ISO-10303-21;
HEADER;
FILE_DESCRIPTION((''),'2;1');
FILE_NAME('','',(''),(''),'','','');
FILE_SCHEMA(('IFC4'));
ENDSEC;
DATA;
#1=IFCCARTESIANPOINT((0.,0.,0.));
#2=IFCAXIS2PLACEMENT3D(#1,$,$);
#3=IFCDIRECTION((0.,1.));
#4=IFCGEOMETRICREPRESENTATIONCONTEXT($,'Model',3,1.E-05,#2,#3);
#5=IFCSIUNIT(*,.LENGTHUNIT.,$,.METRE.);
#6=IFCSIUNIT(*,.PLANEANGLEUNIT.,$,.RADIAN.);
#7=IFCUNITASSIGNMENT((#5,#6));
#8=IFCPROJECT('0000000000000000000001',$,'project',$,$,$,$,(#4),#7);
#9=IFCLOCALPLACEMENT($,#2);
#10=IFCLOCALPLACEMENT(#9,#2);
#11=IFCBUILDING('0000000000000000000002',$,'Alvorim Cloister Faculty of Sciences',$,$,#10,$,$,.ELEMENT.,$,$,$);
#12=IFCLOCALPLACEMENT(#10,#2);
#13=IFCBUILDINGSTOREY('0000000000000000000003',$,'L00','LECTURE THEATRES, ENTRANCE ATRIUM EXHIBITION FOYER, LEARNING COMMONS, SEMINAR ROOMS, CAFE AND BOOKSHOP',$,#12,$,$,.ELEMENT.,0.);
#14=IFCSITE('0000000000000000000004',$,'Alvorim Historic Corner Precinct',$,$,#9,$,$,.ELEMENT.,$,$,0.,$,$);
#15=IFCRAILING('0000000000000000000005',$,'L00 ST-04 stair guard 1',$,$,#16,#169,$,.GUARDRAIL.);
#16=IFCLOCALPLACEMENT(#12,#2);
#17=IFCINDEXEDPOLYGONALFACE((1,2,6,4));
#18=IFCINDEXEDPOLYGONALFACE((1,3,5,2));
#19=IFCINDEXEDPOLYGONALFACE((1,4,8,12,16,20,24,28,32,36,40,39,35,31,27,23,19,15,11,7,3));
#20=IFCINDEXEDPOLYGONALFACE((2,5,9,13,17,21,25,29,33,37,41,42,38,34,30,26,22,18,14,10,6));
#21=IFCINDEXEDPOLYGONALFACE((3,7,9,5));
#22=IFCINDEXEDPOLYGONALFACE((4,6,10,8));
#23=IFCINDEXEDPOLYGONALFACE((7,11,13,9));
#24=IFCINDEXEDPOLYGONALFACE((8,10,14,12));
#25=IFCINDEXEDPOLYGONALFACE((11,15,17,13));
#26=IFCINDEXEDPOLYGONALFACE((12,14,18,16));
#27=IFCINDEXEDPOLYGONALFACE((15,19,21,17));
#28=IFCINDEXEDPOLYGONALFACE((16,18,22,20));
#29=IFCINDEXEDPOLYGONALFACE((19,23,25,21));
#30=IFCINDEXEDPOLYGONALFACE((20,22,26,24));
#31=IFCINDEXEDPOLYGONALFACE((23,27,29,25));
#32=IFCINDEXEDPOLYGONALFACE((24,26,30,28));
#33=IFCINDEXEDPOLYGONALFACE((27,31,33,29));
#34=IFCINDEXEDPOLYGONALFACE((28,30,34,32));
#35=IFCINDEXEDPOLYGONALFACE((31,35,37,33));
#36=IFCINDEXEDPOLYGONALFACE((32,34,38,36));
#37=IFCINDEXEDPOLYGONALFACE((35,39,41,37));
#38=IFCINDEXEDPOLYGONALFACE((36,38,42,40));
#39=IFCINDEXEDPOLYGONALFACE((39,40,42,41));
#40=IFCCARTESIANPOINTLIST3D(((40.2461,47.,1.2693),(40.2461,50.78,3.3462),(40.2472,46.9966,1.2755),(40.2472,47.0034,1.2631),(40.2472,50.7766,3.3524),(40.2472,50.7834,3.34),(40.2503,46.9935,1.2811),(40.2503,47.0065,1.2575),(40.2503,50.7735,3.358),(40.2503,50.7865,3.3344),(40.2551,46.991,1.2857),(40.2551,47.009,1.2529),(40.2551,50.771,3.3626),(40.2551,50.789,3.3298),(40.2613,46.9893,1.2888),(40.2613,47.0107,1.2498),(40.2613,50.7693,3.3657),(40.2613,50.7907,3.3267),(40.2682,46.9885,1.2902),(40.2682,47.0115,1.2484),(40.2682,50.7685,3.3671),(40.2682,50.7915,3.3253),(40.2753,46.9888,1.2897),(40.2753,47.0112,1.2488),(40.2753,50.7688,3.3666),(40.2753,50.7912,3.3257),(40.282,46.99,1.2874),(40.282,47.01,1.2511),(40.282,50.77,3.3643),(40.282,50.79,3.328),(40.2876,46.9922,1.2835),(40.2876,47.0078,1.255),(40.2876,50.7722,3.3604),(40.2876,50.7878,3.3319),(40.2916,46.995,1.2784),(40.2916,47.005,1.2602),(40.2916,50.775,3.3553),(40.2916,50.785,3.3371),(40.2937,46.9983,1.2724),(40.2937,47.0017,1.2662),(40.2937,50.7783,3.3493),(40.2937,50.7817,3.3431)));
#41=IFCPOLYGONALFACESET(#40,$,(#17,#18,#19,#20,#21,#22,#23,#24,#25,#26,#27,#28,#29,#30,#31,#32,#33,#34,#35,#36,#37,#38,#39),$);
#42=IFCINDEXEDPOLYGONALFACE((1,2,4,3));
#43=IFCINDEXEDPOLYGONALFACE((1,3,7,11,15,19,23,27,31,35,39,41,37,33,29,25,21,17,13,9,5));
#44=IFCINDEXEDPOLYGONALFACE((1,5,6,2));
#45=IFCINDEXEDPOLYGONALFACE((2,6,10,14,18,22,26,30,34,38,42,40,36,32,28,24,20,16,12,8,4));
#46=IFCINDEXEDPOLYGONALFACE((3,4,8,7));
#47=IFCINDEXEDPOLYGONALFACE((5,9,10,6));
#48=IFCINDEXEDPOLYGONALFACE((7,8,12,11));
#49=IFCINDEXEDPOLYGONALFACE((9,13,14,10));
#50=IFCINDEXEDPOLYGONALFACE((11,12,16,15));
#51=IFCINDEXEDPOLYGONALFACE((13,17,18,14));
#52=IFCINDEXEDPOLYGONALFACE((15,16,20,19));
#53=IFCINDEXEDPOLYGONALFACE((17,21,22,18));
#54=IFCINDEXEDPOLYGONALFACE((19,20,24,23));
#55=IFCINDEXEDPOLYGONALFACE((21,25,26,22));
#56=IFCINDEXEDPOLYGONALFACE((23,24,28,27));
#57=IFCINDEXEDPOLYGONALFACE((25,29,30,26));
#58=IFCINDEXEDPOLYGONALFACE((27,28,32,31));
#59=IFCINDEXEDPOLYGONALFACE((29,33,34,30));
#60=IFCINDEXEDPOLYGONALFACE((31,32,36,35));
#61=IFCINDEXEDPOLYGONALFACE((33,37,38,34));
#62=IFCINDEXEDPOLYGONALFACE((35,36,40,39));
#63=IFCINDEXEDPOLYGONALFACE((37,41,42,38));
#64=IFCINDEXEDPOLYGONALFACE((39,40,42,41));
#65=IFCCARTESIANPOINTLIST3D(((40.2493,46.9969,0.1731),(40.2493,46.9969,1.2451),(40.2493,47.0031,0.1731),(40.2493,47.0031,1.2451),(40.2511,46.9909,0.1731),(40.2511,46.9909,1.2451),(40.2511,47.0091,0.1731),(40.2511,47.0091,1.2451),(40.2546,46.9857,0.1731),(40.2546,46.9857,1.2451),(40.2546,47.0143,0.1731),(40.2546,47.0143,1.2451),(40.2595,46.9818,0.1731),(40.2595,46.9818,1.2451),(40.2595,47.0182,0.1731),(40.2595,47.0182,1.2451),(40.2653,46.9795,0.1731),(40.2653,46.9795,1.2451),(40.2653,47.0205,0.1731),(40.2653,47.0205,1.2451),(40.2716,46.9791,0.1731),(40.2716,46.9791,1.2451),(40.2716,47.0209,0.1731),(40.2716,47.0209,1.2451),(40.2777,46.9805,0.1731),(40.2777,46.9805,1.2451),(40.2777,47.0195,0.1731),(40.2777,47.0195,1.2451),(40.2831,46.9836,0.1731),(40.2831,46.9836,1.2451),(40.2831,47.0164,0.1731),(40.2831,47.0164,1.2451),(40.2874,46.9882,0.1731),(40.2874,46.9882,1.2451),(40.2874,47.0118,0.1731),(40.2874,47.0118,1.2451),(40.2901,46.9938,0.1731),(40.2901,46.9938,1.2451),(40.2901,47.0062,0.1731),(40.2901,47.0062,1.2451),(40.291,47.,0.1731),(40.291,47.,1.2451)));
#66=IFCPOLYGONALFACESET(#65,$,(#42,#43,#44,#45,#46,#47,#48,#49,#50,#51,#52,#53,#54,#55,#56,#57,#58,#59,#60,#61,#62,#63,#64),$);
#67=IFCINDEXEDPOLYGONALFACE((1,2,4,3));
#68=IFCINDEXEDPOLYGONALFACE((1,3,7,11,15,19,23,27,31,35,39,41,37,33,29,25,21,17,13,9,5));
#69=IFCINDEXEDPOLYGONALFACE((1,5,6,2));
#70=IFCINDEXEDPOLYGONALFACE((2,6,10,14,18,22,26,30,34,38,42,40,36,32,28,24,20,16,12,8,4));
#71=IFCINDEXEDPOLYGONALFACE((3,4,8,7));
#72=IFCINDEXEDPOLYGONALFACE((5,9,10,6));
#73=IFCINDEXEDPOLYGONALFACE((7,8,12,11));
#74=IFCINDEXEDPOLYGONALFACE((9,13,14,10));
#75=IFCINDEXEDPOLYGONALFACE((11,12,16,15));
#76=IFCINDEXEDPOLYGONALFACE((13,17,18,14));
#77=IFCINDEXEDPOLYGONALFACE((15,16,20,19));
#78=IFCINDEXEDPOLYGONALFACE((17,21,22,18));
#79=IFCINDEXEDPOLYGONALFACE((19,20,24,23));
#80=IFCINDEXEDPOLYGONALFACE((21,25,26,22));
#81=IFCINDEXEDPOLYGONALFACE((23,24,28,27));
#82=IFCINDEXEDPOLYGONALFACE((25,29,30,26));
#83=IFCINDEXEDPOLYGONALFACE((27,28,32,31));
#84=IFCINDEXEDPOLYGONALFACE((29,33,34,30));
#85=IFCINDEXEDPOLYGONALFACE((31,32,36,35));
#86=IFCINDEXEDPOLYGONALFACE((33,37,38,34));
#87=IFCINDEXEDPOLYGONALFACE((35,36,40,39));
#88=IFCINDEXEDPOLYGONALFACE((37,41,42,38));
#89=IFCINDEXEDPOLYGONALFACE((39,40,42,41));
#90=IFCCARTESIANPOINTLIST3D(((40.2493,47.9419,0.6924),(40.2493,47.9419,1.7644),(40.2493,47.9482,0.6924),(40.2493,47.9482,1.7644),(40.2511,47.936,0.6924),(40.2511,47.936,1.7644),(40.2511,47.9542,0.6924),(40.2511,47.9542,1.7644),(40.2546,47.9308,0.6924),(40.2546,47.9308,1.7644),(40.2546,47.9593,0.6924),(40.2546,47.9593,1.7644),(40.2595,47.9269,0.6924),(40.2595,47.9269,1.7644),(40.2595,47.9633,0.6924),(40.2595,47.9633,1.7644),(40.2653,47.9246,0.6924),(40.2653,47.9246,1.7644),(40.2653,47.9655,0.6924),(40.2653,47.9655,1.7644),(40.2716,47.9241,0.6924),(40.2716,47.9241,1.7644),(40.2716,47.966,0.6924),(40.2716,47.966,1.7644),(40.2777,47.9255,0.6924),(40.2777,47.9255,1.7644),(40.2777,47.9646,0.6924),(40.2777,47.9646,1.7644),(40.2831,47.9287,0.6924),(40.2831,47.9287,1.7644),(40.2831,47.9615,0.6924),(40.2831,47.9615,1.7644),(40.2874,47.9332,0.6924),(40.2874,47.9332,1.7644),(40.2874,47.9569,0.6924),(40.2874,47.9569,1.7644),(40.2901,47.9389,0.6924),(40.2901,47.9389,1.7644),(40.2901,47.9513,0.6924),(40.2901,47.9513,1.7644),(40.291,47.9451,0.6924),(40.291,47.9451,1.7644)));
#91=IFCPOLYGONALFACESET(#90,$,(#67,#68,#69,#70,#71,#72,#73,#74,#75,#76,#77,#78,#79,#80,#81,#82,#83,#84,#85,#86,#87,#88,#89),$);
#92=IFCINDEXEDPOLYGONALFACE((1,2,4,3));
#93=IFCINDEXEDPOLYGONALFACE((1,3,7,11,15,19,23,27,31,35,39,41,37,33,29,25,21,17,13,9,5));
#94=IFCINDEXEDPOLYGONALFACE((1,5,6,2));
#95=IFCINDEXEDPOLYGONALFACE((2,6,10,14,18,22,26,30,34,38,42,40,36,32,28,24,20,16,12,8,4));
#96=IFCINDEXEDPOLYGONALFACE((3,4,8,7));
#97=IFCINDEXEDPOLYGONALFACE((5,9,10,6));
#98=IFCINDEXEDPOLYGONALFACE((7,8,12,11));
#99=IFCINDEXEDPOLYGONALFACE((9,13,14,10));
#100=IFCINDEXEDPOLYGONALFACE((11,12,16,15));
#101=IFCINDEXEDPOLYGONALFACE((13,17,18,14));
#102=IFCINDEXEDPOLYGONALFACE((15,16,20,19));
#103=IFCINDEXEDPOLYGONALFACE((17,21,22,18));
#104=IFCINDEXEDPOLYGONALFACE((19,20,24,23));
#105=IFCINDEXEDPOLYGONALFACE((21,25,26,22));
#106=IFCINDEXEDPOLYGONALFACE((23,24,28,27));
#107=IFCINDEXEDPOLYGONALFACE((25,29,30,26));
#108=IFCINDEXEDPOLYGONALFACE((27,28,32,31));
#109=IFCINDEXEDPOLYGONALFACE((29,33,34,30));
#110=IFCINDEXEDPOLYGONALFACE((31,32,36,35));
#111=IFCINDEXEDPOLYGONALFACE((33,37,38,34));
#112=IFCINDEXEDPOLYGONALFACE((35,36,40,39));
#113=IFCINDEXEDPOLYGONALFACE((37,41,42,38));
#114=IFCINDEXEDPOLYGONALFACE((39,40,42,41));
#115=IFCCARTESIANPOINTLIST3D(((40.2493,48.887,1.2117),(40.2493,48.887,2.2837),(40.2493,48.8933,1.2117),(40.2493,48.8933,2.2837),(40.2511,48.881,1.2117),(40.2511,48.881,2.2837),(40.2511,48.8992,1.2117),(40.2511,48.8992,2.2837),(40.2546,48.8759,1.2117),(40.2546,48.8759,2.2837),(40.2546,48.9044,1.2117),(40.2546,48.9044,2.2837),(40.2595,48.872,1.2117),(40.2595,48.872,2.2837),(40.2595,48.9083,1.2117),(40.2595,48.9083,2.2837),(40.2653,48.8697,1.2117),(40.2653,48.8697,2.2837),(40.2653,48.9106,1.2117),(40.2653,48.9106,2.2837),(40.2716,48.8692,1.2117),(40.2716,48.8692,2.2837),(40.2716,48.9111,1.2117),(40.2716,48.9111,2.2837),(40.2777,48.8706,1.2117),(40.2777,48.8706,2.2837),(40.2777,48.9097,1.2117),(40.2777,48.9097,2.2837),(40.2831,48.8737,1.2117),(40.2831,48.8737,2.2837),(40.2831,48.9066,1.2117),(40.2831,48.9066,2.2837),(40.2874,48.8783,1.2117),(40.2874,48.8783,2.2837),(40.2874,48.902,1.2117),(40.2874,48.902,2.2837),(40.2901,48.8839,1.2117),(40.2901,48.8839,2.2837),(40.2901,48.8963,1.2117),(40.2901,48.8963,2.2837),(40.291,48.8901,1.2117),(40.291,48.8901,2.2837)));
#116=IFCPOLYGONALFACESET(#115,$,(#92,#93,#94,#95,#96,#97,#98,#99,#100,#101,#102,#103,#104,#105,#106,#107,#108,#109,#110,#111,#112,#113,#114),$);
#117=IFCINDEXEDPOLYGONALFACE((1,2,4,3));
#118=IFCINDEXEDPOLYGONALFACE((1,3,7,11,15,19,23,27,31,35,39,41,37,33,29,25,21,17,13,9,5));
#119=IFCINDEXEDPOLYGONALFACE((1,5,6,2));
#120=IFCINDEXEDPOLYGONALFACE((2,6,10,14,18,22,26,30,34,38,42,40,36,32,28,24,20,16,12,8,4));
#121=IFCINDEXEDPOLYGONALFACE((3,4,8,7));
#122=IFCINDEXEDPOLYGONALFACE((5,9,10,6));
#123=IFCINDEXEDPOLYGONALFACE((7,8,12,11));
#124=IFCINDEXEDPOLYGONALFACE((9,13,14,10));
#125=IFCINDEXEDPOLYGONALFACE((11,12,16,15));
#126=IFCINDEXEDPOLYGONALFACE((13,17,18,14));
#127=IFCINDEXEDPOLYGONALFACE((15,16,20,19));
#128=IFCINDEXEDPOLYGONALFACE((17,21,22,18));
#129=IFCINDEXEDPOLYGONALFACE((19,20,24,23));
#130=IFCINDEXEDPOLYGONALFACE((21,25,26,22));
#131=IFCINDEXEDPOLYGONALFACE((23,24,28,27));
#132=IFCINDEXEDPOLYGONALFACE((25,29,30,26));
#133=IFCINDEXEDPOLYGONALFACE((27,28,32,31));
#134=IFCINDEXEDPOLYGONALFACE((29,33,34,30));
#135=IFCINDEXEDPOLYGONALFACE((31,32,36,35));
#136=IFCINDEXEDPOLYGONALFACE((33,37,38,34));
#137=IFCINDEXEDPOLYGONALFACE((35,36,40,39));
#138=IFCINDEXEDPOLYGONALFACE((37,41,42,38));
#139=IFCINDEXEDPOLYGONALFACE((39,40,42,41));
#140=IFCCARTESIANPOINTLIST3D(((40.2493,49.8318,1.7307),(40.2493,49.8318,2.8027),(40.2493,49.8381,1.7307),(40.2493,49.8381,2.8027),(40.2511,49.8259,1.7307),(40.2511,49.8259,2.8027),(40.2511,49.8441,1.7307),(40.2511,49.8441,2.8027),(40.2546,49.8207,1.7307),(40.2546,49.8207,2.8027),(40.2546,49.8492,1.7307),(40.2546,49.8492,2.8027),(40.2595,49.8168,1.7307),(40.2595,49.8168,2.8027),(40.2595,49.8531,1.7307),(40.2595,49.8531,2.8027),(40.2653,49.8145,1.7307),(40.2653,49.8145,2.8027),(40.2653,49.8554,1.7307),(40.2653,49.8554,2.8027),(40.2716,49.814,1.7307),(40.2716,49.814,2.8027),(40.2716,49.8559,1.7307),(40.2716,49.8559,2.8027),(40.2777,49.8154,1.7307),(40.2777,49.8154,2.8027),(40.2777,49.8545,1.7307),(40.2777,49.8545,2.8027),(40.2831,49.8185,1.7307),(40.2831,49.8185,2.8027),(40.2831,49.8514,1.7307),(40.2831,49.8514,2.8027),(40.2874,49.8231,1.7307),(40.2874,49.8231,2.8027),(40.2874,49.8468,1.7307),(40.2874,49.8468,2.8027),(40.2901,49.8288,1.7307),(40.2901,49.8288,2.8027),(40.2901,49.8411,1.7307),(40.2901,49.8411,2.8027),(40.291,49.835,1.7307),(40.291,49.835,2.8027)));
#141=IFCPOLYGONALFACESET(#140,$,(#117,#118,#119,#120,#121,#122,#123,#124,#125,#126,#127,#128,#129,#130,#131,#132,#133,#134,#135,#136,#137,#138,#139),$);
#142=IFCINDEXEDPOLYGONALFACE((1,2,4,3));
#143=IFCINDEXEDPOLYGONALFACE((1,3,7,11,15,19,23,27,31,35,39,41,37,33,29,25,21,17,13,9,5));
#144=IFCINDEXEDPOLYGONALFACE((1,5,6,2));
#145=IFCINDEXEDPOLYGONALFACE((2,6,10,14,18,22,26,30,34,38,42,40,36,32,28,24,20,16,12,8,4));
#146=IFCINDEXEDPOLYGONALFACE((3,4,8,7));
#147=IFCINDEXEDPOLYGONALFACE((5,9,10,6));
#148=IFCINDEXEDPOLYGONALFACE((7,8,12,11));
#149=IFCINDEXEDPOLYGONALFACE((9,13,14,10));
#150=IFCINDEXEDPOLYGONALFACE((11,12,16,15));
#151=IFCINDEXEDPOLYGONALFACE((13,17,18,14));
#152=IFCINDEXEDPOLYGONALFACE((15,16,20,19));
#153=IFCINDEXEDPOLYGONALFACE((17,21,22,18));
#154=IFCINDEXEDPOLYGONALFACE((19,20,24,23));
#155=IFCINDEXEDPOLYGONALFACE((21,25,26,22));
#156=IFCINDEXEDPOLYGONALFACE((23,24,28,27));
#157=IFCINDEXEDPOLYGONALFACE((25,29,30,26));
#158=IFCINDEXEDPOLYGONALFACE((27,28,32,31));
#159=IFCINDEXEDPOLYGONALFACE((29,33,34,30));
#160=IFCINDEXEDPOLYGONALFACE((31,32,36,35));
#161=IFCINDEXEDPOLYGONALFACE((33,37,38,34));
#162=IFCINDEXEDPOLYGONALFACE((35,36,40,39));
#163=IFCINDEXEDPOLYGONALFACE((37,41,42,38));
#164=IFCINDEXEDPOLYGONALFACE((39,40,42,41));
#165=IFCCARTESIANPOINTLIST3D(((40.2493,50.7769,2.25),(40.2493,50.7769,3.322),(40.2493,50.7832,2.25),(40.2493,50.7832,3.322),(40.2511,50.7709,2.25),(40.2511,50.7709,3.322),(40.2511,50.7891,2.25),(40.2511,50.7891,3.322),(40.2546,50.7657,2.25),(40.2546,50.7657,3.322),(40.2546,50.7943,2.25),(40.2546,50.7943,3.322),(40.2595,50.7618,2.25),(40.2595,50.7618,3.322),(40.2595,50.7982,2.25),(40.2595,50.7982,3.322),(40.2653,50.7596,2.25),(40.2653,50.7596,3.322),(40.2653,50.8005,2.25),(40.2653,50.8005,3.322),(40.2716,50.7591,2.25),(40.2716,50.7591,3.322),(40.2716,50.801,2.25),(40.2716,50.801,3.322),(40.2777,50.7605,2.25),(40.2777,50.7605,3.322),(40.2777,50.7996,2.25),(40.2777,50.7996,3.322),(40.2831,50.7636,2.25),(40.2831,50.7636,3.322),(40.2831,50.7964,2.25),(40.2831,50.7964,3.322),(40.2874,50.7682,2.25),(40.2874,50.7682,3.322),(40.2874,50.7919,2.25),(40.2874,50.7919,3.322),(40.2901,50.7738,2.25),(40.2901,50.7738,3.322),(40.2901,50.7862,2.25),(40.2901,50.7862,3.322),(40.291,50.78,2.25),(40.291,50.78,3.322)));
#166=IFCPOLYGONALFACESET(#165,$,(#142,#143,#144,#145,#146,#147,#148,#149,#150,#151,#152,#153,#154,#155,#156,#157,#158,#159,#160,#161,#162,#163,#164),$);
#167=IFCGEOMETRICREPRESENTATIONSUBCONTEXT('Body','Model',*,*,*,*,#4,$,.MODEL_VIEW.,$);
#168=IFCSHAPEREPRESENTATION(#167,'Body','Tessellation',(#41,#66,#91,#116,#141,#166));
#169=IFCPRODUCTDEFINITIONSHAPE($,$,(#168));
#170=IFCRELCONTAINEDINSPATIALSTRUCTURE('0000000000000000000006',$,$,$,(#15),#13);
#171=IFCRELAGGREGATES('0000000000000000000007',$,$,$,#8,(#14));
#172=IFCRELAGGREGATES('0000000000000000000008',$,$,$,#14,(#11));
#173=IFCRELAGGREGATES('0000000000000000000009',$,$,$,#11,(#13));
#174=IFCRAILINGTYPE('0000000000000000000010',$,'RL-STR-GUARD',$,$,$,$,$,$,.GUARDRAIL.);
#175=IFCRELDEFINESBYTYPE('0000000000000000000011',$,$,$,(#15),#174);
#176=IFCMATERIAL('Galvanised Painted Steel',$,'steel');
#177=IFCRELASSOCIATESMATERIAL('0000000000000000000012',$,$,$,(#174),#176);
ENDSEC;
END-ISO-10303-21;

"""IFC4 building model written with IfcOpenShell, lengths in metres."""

from ifc_helpers import new_model, si_unit, direction, frame, origin, origin_2d, place, context, subcontext, project, spatial, circle, extrude, material, type_object, element, save


model = new_model("IFC4")

# Units and contexts
model_context = context("Model", 3, precision=1e-05, world=origin(), true_north=direction((0.0, 1.0)))
body_context = subcontext(model_context, "Body", "Model", "MODEL_VIEW")
ifc_project = project(units=[si_unit("LENGTHUNIT", "METRE"), si_unit("PLANEANGLEUNIT", "RADIAN")], contexts=[model_context])

# Site, building, storey
site_placement = place(None, origin())
site = spatial("IfcSite", under=ifc_project, at=site_placement, Name="Alvorim Historic Corner Precinct", CompositionType="ELEMENT", RefElevation=0.0)
building_placement = place(site_placement, origin())
building = spatial("IfcBuilding", under=site, at=building_placement, Name="Alvorim Cloister Faculty of Sciences", CompositionType="ELEMENT")
storey_placement = place(building_placement, origin())
storey = spatial("IfcBuildingStorey", under=building, at=storey_placement, Name="L00", Description="LECTURE THEATRES, ENTRANCE ATRIUM EXHIBITION FOYER, LEARNING COMMONS, SEMINAR ROOMS, CAFE AND BOOKSHOP", CompositionType="ELEMENT", Elevation=0.0)

# Railing
ifc_material_1 = material(Name="Galvanised Painted Steel", Category="steel")
railing_type = type_object("IfcRailingType", Name="RL-STR-GUARD", PredefinedType="GUARDRAIL", material=ifc_material_1)
railing_1_placement = place(storey_placement, frame((40.27, 47.0, 0.1731)))
element("IfcRailing", 1, at=railing_1_placement, inside=storey, type_object=railing_type, Name="L00 ST-04 stair guard 1", PredefinedType="GUARDRAIL", context=body_context, shape_type="SweptSolid", body=[
    extrude(circle(Radius=0.0239, at=origin_2d()), frame((0.0, 0.0, 1.0962), z_axis=(0.0, 0.876423, 0.481543), x_axis=(-1.0, 0.0, 0.0)), (0.0, 0.0, 1.0), 4.313),
    extrude(circle(Radius=0.021, at=origin_2d()), origin(), (0.0, 0.0, 1.0), 1.072),
    extrude(circle(Radius=0.021, at=origin_2d()), frame((0.0, 0.9451, 0.5193)), (0.0, 0.0, 1.0), 1.072),
    extrude(circle(Radius=0.021, at=origin_2d()), frame((0.0, 1.8901, 1.0386)), (0.0, 0.0, 1.0), 1.072),
    extrude(circle(Radius=0.021, at=origin_2d()), frame((0.0, 2.835, 1.5576)), (0.0, 0.0, 1.0), 1.072),
    extrude(circle(Radius=0.021, at=origin_2d()), frame((0.0, 3.78, 2.0769)), (0.0, 0.0, 1.0), 1.072),
])

save(model, "model.ifc")
